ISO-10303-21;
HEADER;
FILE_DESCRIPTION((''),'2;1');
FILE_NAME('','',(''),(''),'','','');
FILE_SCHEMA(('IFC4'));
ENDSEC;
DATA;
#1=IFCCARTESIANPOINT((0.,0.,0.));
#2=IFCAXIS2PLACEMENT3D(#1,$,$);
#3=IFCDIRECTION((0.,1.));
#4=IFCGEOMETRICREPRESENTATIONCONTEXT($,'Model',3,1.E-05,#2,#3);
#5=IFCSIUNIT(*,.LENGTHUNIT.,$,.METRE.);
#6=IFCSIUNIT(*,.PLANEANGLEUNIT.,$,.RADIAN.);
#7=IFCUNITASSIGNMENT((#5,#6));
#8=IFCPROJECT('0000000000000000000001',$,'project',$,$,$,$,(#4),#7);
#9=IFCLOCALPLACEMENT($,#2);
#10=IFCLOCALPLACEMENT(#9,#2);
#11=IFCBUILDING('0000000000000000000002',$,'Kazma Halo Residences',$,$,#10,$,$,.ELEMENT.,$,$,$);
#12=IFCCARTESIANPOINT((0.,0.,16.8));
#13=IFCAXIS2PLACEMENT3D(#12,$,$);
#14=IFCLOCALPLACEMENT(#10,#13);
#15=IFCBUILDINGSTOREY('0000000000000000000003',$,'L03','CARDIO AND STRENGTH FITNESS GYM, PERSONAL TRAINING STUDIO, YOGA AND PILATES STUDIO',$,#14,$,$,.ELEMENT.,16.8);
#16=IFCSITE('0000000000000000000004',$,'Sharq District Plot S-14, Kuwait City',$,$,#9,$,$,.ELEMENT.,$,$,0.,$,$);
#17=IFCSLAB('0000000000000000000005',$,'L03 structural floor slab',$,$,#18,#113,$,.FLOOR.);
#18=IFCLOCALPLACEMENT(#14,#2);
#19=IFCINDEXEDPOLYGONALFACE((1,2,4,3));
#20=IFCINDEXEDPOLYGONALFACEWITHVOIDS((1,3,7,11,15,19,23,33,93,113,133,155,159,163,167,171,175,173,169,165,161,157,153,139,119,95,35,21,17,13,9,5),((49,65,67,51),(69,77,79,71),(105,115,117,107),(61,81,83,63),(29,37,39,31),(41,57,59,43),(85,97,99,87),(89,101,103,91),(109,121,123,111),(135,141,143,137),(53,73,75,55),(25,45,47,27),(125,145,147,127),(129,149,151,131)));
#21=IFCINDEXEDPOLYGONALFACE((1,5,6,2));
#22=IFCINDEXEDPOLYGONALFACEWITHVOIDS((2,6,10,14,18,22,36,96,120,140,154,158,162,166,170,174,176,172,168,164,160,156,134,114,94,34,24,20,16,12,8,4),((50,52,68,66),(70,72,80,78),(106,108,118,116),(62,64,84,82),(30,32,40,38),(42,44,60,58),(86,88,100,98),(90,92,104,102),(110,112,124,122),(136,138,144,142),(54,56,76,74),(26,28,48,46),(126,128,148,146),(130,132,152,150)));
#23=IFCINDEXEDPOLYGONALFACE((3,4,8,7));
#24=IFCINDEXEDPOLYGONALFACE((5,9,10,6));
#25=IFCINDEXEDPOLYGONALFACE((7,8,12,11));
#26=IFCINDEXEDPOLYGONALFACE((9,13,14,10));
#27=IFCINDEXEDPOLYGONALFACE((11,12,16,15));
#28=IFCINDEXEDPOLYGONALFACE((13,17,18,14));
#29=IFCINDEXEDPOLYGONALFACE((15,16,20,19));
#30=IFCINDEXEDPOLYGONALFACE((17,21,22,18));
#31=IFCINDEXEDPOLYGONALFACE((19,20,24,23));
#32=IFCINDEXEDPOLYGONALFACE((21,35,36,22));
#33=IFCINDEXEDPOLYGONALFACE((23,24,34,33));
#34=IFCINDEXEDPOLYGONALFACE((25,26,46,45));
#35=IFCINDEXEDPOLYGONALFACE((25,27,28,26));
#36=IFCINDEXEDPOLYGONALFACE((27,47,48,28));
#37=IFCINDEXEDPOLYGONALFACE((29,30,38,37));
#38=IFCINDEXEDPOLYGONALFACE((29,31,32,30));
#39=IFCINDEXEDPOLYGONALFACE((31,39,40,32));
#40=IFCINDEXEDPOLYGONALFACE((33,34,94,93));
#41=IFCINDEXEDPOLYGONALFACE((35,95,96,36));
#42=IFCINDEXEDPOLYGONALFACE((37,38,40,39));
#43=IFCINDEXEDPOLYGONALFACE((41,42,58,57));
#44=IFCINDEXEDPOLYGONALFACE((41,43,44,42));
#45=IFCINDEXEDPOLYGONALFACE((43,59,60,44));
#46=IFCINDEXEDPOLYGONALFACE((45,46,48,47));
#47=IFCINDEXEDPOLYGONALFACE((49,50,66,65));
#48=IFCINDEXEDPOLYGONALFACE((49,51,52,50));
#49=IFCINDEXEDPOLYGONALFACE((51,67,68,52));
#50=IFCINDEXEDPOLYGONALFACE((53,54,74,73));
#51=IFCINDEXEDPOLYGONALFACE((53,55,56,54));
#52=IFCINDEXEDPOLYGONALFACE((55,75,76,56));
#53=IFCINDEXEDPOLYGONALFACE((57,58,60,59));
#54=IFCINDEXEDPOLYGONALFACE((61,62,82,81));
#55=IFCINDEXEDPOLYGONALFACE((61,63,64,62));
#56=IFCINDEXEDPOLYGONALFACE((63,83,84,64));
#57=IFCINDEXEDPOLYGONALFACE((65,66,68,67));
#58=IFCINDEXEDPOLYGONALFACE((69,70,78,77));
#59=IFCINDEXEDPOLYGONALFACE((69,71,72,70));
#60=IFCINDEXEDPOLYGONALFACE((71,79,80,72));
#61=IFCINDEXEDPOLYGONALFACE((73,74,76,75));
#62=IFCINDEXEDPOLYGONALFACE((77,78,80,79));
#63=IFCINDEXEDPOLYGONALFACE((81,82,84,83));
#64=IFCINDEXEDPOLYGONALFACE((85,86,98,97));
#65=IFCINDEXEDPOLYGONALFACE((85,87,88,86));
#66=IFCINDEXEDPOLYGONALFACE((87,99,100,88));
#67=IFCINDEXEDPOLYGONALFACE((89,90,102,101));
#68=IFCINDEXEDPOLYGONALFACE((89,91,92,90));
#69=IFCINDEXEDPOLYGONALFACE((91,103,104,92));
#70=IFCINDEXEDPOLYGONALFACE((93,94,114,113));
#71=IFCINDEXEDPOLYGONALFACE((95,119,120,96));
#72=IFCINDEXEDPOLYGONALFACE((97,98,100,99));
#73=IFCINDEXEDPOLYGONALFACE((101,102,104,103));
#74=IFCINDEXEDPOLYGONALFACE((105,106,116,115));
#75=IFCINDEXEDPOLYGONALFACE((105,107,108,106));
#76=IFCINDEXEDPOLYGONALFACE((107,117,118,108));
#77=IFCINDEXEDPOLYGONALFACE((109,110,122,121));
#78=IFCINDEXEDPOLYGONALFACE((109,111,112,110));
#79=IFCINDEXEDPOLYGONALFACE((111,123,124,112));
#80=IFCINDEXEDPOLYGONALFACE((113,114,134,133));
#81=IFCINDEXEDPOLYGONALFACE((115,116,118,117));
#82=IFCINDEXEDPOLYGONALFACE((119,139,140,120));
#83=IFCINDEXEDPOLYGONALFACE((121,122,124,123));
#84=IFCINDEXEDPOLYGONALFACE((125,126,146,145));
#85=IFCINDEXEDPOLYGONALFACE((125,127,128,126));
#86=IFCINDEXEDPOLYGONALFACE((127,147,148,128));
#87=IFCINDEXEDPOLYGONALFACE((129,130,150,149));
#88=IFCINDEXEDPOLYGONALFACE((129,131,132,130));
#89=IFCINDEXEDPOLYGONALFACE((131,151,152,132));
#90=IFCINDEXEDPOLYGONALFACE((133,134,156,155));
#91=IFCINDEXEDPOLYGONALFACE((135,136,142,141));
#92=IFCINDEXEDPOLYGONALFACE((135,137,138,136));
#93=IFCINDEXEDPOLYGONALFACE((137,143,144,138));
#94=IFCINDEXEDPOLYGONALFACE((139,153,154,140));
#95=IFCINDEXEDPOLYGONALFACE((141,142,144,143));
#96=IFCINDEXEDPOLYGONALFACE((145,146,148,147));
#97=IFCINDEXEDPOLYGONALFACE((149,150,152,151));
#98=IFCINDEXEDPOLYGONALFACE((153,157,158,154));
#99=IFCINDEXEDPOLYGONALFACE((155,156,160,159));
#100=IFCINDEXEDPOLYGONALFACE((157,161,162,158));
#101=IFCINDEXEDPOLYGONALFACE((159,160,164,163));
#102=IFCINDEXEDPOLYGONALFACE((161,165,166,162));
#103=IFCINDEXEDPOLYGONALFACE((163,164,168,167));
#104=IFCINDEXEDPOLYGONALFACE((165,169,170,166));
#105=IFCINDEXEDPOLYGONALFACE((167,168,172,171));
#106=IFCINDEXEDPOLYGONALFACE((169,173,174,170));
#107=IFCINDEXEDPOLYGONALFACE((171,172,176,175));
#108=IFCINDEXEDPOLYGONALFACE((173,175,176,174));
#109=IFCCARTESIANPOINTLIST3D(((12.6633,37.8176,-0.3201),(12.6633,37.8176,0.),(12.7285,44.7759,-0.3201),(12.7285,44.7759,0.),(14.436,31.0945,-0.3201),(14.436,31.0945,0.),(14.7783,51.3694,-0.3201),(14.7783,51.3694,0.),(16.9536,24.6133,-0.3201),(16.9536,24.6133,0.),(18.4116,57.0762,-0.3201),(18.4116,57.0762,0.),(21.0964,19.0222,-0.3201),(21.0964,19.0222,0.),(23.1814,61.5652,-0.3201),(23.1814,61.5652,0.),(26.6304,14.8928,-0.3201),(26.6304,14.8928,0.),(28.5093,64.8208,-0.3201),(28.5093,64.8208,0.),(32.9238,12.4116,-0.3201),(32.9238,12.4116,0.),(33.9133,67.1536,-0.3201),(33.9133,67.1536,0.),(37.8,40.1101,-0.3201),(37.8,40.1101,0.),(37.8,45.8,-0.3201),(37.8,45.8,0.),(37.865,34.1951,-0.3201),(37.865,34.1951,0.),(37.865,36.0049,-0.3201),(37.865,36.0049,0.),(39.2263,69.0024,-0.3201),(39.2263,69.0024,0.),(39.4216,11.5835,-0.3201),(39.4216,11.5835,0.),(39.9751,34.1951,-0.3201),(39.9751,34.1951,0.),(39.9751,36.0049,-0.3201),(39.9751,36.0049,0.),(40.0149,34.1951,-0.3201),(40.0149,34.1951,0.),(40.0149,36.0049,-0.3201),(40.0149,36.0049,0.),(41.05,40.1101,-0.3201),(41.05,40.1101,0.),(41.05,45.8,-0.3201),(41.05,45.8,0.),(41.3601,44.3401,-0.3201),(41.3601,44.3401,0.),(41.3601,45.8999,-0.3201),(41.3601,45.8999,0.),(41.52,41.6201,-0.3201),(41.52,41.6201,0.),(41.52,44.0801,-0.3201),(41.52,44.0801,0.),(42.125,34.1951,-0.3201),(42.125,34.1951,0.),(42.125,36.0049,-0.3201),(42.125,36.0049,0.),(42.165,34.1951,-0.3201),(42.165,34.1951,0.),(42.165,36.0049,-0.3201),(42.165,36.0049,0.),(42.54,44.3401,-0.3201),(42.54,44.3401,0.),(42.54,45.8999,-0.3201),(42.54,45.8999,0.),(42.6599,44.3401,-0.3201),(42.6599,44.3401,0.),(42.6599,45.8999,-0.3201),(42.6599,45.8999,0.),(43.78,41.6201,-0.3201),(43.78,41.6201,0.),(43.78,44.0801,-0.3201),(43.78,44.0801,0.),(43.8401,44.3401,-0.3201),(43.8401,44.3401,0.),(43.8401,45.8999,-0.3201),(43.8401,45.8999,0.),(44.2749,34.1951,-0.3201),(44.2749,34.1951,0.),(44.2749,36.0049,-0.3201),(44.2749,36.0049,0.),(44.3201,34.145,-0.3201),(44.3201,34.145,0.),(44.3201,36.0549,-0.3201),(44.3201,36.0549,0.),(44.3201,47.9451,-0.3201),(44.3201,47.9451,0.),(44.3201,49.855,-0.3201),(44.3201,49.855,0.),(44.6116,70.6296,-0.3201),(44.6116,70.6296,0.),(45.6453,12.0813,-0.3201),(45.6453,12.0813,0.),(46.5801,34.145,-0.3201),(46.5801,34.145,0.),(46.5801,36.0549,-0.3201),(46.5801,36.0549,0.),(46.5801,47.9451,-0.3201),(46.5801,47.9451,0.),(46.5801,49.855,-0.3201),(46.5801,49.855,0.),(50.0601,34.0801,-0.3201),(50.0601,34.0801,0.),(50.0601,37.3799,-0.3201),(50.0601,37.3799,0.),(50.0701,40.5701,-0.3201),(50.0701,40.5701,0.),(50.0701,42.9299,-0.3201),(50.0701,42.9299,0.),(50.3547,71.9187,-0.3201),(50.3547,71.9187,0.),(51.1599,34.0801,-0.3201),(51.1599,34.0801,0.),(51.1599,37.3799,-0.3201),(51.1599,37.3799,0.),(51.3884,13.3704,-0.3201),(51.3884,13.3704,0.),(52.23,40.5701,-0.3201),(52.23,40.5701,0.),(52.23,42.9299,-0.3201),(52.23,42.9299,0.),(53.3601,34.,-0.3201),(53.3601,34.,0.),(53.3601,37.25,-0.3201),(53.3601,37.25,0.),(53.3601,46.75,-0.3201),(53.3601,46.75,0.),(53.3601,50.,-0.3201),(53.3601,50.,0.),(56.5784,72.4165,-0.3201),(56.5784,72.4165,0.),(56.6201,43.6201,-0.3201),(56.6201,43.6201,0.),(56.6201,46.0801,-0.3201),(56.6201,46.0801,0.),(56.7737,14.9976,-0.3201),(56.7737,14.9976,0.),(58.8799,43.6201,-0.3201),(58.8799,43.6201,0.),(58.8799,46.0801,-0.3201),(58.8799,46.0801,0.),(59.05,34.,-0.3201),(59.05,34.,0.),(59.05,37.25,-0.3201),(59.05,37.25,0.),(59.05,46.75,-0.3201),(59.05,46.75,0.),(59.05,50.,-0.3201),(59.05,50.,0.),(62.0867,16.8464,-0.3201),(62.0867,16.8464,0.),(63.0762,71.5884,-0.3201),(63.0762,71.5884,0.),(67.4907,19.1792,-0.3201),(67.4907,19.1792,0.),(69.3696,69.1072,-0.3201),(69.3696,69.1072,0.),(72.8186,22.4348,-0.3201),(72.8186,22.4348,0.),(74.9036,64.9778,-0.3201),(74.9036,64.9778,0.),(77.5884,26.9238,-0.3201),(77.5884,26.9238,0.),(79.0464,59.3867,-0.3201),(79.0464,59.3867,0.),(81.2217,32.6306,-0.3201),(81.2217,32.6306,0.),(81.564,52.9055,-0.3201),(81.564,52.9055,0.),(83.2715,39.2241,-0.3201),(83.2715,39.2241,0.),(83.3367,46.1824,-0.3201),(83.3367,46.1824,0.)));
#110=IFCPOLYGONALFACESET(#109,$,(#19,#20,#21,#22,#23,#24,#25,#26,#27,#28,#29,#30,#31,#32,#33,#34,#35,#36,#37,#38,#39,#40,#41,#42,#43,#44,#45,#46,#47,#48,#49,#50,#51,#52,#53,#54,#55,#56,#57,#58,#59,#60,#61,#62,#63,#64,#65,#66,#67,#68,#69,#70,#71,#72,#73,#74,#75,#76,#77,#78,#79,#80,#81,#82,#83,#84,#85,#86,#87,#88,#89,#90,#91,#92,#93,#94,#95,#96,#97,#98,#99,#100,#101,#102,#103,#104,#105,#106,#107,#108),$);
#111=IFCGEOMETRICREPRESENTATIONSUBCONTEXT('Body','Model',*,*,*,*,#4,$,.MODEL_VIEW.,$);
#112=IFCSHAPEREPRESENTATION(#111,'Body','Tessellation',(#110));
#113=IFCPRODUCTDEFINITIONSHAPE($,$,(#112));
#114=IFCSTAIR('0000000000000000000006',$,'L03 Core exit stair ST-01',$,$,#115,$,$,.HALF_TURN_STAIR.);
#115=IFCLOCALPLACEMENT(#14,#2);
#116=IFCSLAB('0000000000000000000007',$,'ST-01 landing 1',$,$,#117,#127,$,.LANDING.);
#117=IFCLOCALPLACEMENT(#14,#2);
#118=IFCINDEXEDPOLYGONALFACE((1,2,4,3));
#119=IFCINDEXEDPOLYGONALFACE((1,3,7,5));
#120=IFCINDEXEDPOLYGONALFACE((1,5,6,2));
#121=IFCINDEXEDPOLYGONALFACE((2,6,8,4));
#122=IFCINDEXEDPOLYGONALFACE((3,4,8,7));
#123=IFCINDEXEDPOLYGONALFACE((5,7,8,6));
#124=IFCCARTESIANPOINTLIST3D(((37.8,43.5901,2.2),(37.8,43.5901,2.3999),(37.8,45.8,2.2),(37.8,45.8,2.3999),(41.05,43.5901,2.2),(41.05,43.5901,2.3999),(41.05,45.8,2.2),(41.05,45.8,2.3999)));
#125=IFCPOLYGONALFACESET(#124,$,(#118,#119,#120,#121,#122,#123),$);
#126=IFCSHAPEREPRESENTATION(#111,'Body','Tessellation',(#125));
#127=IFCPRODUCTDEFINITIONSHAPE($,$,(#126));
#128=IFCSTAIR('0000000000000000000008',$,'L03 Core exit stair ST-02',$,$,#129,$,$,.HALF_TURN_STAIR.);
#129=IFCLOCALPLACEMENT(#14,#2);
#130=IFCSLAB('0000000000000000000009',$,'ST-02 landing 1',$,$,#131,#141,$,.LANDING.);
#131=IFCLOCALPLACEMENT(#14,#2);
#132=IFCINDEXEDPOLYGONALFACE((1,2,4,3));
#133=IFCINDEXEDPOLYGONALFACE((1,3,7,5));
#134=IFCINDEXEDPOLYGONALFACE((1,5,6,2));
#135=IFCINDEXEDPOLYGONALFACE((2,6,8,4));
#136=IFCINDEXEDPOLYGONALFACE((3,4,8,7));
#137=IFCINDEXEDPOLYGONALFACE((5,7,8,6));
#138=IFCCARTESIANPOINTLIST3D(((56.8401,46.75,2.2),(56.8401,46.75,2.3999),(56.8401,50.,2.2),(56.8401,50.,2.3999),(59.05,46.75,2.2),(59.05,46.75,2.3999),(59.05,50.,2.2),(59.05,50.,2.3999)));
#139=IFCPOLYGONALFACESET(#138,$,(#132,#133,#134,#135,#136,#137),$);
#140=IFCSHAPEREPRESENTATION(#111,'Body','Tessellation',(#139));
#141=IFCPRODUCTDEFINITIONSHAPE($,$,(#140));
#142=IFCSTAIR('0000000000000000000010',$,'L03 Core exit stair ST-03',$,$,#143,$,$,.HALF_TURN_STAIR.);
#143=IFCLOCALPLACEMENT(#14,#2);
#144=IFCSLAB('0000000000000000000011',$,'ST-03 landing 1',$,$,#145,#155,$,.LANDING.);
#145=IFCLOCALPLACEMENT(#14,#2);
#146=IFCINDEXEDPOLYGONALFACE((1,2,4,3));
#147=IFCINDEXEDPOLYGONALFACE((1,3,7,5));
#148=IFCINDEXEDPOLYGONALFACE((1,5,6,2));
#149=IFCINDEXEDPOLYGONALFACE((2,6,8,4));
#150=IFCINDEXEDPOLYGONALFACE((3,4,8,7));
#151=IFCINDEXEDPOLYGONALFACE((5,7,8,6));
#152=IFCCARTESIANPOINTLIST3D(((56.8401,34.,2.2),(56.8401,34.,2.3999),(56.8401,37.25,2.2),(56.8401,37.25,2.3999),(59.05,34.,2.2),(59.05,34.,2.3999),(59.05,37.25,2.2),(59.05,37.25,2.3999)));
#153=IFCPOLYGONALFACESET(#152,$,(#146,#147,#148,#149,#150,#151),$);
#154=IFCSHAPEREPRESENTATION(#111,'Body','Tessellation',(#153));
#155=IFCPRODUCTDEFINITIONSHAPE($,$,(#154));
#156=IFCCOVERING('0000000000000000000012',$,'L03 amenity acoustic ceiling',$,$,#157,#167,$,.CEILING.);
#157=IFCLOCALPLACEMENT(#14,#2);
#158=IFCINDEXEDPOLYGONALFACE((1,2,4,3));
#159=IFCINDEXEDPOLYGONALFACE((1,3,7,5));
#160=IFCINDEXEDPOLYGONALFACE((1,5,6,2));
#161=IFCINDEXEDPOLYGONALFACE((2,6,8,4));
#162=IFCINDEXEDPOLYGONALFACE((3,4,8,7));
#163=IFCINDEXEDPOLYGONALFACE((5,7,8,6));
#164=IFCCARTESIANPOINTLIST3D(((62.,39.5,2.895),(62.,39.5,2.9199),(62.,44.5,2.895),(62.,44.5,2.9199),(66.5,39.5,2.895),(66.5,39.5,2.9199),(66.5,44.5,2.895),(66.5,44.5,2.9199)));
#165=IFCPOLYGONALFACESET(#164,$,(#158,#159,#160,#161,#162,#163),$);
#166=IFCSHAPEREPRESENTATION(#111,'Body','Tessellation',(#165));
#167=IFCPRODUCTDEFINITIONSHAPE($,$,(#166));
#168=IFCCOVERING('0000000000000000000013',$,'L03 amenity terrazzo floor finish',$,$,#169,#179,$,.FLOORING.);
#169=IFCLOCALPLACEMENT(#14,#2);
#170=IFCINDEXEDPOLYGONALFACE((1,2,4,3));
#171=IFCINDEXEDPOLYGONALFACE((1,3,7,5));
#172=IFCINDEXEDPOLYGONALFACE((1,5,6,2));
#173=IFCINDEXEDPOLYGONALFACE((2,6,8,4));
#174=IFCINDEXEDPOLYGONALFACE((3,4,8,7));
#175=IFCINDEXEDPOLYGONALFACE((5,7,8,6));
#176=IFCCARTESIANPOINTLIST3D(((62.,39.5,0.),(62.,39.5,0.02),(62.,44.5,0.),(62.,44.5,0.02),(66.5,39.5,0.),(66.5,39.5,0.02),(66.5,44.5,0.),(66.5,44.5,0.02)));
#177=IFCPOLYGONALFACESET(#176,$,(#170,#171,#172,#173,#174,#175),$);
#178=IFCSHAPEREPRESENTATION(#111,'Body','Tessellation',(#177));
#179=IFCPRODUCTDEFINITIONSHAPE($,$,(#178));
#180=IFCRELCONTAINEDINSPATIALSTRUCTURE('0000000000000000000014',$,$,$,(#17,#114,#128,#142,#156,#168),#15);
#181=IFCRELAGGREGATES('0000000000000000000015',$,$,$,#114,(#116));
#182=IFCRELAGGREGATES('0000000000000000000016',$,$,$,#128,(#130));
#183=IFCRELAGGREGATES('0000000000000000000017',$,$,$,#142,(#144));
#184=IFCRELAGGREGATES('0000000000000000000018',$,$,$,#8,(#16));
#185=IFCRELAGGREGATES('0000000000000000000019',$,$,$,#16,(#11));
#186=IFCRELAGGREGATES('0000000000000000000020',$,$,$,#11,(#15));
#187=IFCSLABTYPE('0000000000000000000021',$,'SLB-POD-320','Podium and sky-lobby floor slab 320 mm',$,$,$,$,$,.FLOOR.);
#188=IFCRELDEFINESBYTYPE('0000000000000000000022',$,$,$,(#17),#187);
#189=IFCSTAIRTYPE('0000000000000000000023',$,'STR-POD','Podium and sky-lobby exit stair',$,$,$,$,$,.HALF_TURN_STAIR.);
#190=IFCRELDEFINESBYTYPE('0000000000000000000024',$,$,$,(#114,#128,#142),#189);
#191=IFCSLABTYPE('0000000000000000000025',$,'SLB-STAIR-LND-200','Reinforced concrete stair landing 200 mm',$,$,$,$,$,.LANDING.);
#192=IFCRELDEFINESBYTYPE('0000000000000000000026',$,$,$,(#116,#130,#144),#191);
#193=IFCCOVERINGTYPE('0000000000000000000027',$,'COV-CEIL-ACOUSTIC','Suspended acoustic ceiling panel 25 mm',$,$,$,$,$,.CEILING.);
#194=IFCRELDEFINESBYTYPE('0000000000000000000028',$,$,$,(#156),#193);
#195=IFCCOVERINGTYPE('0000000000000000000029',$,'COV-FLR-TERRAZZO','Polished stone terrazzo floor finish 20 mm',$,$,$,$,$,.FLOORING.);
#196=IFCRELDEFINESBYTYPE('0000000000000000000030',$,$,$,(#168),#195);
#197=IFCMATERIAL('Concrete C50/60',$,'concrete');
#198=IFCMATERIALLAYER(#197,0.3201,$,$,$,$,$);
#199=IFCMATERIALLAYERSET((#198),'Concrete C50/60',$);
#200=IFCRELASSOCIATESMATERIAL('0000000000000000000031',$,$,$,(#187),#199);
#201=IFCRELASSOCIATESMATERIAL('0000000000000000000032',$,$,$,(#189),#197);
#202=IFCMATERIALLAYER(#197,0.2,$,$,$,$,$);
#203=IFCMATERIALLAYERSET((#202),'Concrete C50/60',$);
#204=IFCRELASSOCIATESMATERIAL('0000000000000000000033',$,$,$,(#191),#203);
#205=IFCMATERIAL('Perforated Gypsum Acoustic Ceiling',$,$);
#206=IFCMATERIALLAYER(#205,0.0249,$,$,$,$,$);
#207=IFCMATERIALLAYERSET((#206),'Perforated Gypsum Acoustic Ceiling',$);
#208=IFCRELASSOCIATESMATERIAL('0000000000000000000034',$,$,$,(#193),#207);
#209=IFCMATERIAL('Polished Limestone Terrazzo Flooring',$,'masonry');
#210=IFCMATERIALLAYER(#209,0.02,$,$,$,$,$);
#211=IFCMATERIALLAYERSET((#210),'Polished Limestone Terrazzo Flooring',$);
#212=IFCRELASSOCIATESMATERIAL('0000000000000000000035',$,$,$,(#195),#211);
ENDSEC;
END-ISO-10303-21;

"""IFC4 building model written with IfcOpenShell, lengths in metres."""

from ifc_helpers import new_model, si_unit, direction, frame, origin, place, context, subcontext, project, spatial, polyline, outline, extrude, material, layer, layer_set, type_object, element, aggregate, save


model = new_model("IFC4")

# Units and contexts
model_context = context("Model", 3, precision=1e-05, world=origin(), true_north=direction((0.0, 1.0)))
body_context = subcontext(model_context, "Body", "Model", "MODEL_VIEW")
ifc_project = project(units=[si_unit("LENGTHUNIT", "METRE"), si_unit("PLANEANGLEUNIT", "RADIAN")], contexts=[model_context])

# Site, building, storey
site_placement = place(None, origin())
site = spatial("IfcSite", under=ifc_project, at=site_placement, Name="Sharq District Plot S-14, Kuwait City", CompositionType="ELEMENT", RefElevation=0.0)
building_placement = place(site_placement, origin())
building = spatial("IfcBuilding", under=site, at=building_placement, Name="Kazma Halo Residences", CompositionType="ELEMENT")
storey_placement = place(building_placement, frame((0.0, 0.0, 16.8)))
storey = spatial("IfcBuildingStorey", under=building, at=storey_placement, Name="L03", Description="CARDIO AND STRENGTH FITNESS GYM, PERSONAL TRAINING STUDIO, YOGA AND PILATES STUDIO", CompositionType="ELEMENT", Elevation=16.8)

# Slab
ifc_material_1 = material(Name="Concrete C50/60", Category="concrete")
ifc_layer_1 = layer(ifc_material_1, 0.3201)
ifc_layer_set_1 = layer_set([ifc_layer_1], Name="Concrete C50/60")
slab_type_1 = type_object("IfcSlabType", Name="SLB-POD-320", Description="Podium and sky-lobby floor slab 320 mm", PredefinedType="FLOOR", material=ifc_layer_set_1)
slab_1_placement = place(storey_placement, frame((0.0, 0.0, -0.3201)))
element("IfcSlab", 1, at=slab_1_placement, inside=storey, type_object=slab_type_1, Name="L03 structural floor slab", PredefinedType="FLOOR", context=body_context, shape_type="SweptSolid", body=[
    extrude(outline(polyline([(81.564, 52.9055), (79.0464, 59.3867), (74.9036, 64.9778), (69.3696, 69.1072), (63.0762, 71.5884), (56.5784, 72.4165), (50.3547, 71.9187), (44.6116, 70.6296), (39.2263, 69.0024), (33.9133, 67.1536), (28.5093, 64.8208), (23.1814, 61.5652), (18.4116, 57.0762), (14.7783, 51.3694), (12.7285, 44.7759), (12.6633, 37.8176), (14.436, 31.0945), (16.9536, 24.6133), (21.0964, 19.0222), (26.6304, 14.8928), (32.9238, 12.4116), (39.4216, 11.5835), (45.6453, 12.0813), (51.3884, 13.3704), (56.7737, 14.9976), (62.0867, 16.8464), (67.4907, 19.1792), (72.8186, 22.4348), (77.5884, 26.9238), (81.2217, 32.6306), (83.2715, 39.2241), (83.3367, 46.1824), (81.564, 52.9055)]), holes=[polyline([(37.8, 40.1101), (41.05, 40.1101), (41.05, 45.8), (37.8, 45.8), (37.8, 40.1101)]), polyline([(53.3601, 46.75), (59.05, 46.75), (59.05, 50.0), (53.3601, 50.0), (53.3601, 46.75)]), polyline([(53.3601, 34.0), (59.05, 34.0), (59.05, 37.25), (53.3601, 37.25), (53.3601, 34.0)]), polyline([(41.52, 41.6201), (43.78, 41.6201), (43.78, 44.0801), (41.52, 44.0801), (41.52, 41.6201)]), polyline([(56.6201, 43.6201), (58.8799, 43.6201), (58.8799, 46.0801), (56.6201, 46.0801), (56.6201, 43.6201)]), polyline([(37.865, 34.1951), (39.9751, 34.1951), (39.9751, 36.0049), (37.865, 36.0049), (37.865, 34.1951)]), polyline([(40.0149, 34.1951), (42.125, 34.1951), (42.125, 36.0049), (40.0149, 36.0049), (40.0149, 34.1951)]), polyline([(42.165, 34.1951), (44.2749, 34.1951), (44.2749, 36.0049), (42.165, 36.0049), (42.165, 34.1951)]), polyline([(44.3201, 47.9451), (46.5801, 47.9451), (46.5801, 49.855), (44.3201, 49.855), (44.3201, 47.9451)]), polyline([(44.3201, 34.145), (46.5801, 34.145), (46.5801, 36.0549), (44.3201, 36.0549), (44.3201, 34.145)]), polyline([(50.0701, 40.5701), (52.23, 40.5701), (52.23, 42.9299), (50.0701, 42.9299), (50.0701, 40.5701)]), polyline([(41.3601, 44.3401), (42.54, 44.3401), (42.54, 45.8999), (41.3601, 45.8999), (41.3601, 44.3401)]), polyline([(42.6599, 44.3401), (43.8401, 44.3401), (43.8401, 45.8999), (42.6599, 45.8999), (42.6599, 44.3401)]), polyline([(50.0601, 34.0801), (51.1599, 34.0801), (51.1599, 37.3799), (50.0601, 37.3799), (50.0601, 34.0801)])]), origin(), (0.0, 0.0, 1.0), 0.3201),
])

# Stairs, slabs
stair_type = type_object("IfcStairType", Name="STR-POD", Description="Podium and sky-lobby exit stair", PredefinedType="HALF_TURN_STAIR", material=ifc_material_1)
stair_1_placement = place(storey_placement, origin())
stair_1 = element("IfcStair", 2, at=stair_1_placement, inside=storey, type_object=stair_type, Name="L03 Core exit stair ST-01", PredefinedType="HALF_TURN_STAIR")
ifc_layer_2 = layer(ifc_material_1, 0.2)
ifc_layer_set_2 = layer_set([ifc_layer_2], Name="Concrete C50/60")
slab_type_2 = type_object("IfcSlabType", Name="SLB-STAIR-LND-200", Description="Reinforced concrete stair landing 200 mm", PredefinedType="LANDING", material=ifc_layer_set_2)
slab_2_placement = place(storey_placement, frame((0.0, 0.0, 2.2)))
slab_2 = element("IfcSlab", 3, at=slab_2_placement, type_object=slab_type_2, Name="ST-01 landing 1", PredefinedType="LANDING", context=body_context, shape_type="SweptSolid", body=[
    extrude(outline(polyline([(41.05, 43.5901), (41.05, 45.8), (37.8, 45.8), (37.8, 43.5901), (41.05, 43.5901)])), origin(), (0.0, 0.0, 1.0), 0.2),
])
aggregate(stair_1, [slab_2])
stair_2_placement = place(storey_placement, origin())
stair_2 = element("IfcStair", 4, at=stair_2_placement, inside=storey, type_object=stair_type, Name="L03 Core exit stair ST-02", PredefinedType="HALF_TURN_STAIR")
slab_3_placement = place(storey_placement, frame((0.0, 0.0, 2.2)))
slab_3 = element("IfcSlab", 5, at=slab_3_placement, type_object=slab_type_2, Name="ST-02 landing 1", PredefinedType="LANDING", context=body_context, shape_type="SweptSolid", body=[
    extrude(outline(polyline([(56.8401, 46.75), (59.05, 46.75), (59.05, 50.0), (56.8401, 50.0), (56.8401, 46.75)])), origin(), (0.0, 0.0, 1.0), 0.2),
])
aggregate(stair_2, [slab_3])
stair_3_placement = place(storey_placement, origin())
stair_3 = element("IfcStair", 6, at=stair_3_placement, inside=storey, type_object=stair_type, Name="L03 Core exit stair ST-03", PredefinedType="HALF_TURN_STAIR")
slab_4_placement = place(storey_placement, frame((0.0, 0.0, 2.2)))
slab_4 = element("IfcSlab", 7, at=slab_4_placement, type_object=slab_type_2, Name="ST-03 landing 1", PredefinedType="LANDING", context=body_context, shape_type="SweptSolid", body=[
    extrude(outline(polyline([(56.8401, 34.0), (59.05, 34.0), (59.05, 37.25), (56.8401, 37.25), (56.8401, 34.0)])), origin(), (0.0, 0.0, 1.0), 0.2),
])
aggregate(stair_3, [slab_4])

# Coverings
ifc_material_2 = material(Name="Perforated Gypsum Acoustic Ceiling")
ifc_layer_3 = layer(ifc_material_2, 0.0249)
ifc_layer_set_3 = layer_set([ifc_layer_3], Name="Perforated Gypsum Acoustic Ceiling")
covering_type_1 = type_object("IfcCoveringType", Name="COV-CEIL-ACOUSTIC", Description="Suspended acoustic ceiling panel 25 mm", PredefinedType="CEILING", material=ifc_layer_set_3)
covering_1_placement = place(storey_placement, frame((0.0, 0.0, 2.895)))
element("IfcCovering", 8, at=covering_1_placement, inside=storey, type_object=covering_type_1, Name="L03 amenity acoustic ceiling", PredefinedType="CEILING", context=body_context, shape_type="SweptSolid", body=[
    extrude(outline(polyline([(62.0, 39.5), (66.5, 39.5), (66.5, 44.5), (62.0, 44.5), (62.0, 39.5)])), origin(), (0.0, 0.0, 1.0), 0.0249),
])
ifc_material_3 = material(Name="Polished Limestone Terrazzo Flooring", Category="masonry")
ifc_layer_4 = layer(ifc_material_3, 0.02)
ifc_layer_set_4 = layer_set([ifc_layer_4], Name="Polished Limestone Terrazzo Flooring")
covering_type_2 = type_object("IfcCoveringType", Name="COV-FLR-TERRAZZO", Description="Polished stone terrazzo floor finish 20 mm", PredefinedType="FLOORING", material=ifc_layer_set_4)
covering_2_placement = place(storey_placement, origin())
element("IfcCovering", 9, at=covering_2_placement, inside=storey, type_object=covering_type_2, Name="L03 amenity terrazzo floor finish", PredefinedType="FLOORING", context=body_context, shape_type="SweptSolid", body=[
    extrude(outline(polyline([(62.0, 39.5), (66.5, 39.5), (66.5, 44.5), (62.0, 44.5), (62.0, 39.5)])), origin(), (0.0, 0.0, 1.0), 0.02),
])

save(model, "model.ifc")
